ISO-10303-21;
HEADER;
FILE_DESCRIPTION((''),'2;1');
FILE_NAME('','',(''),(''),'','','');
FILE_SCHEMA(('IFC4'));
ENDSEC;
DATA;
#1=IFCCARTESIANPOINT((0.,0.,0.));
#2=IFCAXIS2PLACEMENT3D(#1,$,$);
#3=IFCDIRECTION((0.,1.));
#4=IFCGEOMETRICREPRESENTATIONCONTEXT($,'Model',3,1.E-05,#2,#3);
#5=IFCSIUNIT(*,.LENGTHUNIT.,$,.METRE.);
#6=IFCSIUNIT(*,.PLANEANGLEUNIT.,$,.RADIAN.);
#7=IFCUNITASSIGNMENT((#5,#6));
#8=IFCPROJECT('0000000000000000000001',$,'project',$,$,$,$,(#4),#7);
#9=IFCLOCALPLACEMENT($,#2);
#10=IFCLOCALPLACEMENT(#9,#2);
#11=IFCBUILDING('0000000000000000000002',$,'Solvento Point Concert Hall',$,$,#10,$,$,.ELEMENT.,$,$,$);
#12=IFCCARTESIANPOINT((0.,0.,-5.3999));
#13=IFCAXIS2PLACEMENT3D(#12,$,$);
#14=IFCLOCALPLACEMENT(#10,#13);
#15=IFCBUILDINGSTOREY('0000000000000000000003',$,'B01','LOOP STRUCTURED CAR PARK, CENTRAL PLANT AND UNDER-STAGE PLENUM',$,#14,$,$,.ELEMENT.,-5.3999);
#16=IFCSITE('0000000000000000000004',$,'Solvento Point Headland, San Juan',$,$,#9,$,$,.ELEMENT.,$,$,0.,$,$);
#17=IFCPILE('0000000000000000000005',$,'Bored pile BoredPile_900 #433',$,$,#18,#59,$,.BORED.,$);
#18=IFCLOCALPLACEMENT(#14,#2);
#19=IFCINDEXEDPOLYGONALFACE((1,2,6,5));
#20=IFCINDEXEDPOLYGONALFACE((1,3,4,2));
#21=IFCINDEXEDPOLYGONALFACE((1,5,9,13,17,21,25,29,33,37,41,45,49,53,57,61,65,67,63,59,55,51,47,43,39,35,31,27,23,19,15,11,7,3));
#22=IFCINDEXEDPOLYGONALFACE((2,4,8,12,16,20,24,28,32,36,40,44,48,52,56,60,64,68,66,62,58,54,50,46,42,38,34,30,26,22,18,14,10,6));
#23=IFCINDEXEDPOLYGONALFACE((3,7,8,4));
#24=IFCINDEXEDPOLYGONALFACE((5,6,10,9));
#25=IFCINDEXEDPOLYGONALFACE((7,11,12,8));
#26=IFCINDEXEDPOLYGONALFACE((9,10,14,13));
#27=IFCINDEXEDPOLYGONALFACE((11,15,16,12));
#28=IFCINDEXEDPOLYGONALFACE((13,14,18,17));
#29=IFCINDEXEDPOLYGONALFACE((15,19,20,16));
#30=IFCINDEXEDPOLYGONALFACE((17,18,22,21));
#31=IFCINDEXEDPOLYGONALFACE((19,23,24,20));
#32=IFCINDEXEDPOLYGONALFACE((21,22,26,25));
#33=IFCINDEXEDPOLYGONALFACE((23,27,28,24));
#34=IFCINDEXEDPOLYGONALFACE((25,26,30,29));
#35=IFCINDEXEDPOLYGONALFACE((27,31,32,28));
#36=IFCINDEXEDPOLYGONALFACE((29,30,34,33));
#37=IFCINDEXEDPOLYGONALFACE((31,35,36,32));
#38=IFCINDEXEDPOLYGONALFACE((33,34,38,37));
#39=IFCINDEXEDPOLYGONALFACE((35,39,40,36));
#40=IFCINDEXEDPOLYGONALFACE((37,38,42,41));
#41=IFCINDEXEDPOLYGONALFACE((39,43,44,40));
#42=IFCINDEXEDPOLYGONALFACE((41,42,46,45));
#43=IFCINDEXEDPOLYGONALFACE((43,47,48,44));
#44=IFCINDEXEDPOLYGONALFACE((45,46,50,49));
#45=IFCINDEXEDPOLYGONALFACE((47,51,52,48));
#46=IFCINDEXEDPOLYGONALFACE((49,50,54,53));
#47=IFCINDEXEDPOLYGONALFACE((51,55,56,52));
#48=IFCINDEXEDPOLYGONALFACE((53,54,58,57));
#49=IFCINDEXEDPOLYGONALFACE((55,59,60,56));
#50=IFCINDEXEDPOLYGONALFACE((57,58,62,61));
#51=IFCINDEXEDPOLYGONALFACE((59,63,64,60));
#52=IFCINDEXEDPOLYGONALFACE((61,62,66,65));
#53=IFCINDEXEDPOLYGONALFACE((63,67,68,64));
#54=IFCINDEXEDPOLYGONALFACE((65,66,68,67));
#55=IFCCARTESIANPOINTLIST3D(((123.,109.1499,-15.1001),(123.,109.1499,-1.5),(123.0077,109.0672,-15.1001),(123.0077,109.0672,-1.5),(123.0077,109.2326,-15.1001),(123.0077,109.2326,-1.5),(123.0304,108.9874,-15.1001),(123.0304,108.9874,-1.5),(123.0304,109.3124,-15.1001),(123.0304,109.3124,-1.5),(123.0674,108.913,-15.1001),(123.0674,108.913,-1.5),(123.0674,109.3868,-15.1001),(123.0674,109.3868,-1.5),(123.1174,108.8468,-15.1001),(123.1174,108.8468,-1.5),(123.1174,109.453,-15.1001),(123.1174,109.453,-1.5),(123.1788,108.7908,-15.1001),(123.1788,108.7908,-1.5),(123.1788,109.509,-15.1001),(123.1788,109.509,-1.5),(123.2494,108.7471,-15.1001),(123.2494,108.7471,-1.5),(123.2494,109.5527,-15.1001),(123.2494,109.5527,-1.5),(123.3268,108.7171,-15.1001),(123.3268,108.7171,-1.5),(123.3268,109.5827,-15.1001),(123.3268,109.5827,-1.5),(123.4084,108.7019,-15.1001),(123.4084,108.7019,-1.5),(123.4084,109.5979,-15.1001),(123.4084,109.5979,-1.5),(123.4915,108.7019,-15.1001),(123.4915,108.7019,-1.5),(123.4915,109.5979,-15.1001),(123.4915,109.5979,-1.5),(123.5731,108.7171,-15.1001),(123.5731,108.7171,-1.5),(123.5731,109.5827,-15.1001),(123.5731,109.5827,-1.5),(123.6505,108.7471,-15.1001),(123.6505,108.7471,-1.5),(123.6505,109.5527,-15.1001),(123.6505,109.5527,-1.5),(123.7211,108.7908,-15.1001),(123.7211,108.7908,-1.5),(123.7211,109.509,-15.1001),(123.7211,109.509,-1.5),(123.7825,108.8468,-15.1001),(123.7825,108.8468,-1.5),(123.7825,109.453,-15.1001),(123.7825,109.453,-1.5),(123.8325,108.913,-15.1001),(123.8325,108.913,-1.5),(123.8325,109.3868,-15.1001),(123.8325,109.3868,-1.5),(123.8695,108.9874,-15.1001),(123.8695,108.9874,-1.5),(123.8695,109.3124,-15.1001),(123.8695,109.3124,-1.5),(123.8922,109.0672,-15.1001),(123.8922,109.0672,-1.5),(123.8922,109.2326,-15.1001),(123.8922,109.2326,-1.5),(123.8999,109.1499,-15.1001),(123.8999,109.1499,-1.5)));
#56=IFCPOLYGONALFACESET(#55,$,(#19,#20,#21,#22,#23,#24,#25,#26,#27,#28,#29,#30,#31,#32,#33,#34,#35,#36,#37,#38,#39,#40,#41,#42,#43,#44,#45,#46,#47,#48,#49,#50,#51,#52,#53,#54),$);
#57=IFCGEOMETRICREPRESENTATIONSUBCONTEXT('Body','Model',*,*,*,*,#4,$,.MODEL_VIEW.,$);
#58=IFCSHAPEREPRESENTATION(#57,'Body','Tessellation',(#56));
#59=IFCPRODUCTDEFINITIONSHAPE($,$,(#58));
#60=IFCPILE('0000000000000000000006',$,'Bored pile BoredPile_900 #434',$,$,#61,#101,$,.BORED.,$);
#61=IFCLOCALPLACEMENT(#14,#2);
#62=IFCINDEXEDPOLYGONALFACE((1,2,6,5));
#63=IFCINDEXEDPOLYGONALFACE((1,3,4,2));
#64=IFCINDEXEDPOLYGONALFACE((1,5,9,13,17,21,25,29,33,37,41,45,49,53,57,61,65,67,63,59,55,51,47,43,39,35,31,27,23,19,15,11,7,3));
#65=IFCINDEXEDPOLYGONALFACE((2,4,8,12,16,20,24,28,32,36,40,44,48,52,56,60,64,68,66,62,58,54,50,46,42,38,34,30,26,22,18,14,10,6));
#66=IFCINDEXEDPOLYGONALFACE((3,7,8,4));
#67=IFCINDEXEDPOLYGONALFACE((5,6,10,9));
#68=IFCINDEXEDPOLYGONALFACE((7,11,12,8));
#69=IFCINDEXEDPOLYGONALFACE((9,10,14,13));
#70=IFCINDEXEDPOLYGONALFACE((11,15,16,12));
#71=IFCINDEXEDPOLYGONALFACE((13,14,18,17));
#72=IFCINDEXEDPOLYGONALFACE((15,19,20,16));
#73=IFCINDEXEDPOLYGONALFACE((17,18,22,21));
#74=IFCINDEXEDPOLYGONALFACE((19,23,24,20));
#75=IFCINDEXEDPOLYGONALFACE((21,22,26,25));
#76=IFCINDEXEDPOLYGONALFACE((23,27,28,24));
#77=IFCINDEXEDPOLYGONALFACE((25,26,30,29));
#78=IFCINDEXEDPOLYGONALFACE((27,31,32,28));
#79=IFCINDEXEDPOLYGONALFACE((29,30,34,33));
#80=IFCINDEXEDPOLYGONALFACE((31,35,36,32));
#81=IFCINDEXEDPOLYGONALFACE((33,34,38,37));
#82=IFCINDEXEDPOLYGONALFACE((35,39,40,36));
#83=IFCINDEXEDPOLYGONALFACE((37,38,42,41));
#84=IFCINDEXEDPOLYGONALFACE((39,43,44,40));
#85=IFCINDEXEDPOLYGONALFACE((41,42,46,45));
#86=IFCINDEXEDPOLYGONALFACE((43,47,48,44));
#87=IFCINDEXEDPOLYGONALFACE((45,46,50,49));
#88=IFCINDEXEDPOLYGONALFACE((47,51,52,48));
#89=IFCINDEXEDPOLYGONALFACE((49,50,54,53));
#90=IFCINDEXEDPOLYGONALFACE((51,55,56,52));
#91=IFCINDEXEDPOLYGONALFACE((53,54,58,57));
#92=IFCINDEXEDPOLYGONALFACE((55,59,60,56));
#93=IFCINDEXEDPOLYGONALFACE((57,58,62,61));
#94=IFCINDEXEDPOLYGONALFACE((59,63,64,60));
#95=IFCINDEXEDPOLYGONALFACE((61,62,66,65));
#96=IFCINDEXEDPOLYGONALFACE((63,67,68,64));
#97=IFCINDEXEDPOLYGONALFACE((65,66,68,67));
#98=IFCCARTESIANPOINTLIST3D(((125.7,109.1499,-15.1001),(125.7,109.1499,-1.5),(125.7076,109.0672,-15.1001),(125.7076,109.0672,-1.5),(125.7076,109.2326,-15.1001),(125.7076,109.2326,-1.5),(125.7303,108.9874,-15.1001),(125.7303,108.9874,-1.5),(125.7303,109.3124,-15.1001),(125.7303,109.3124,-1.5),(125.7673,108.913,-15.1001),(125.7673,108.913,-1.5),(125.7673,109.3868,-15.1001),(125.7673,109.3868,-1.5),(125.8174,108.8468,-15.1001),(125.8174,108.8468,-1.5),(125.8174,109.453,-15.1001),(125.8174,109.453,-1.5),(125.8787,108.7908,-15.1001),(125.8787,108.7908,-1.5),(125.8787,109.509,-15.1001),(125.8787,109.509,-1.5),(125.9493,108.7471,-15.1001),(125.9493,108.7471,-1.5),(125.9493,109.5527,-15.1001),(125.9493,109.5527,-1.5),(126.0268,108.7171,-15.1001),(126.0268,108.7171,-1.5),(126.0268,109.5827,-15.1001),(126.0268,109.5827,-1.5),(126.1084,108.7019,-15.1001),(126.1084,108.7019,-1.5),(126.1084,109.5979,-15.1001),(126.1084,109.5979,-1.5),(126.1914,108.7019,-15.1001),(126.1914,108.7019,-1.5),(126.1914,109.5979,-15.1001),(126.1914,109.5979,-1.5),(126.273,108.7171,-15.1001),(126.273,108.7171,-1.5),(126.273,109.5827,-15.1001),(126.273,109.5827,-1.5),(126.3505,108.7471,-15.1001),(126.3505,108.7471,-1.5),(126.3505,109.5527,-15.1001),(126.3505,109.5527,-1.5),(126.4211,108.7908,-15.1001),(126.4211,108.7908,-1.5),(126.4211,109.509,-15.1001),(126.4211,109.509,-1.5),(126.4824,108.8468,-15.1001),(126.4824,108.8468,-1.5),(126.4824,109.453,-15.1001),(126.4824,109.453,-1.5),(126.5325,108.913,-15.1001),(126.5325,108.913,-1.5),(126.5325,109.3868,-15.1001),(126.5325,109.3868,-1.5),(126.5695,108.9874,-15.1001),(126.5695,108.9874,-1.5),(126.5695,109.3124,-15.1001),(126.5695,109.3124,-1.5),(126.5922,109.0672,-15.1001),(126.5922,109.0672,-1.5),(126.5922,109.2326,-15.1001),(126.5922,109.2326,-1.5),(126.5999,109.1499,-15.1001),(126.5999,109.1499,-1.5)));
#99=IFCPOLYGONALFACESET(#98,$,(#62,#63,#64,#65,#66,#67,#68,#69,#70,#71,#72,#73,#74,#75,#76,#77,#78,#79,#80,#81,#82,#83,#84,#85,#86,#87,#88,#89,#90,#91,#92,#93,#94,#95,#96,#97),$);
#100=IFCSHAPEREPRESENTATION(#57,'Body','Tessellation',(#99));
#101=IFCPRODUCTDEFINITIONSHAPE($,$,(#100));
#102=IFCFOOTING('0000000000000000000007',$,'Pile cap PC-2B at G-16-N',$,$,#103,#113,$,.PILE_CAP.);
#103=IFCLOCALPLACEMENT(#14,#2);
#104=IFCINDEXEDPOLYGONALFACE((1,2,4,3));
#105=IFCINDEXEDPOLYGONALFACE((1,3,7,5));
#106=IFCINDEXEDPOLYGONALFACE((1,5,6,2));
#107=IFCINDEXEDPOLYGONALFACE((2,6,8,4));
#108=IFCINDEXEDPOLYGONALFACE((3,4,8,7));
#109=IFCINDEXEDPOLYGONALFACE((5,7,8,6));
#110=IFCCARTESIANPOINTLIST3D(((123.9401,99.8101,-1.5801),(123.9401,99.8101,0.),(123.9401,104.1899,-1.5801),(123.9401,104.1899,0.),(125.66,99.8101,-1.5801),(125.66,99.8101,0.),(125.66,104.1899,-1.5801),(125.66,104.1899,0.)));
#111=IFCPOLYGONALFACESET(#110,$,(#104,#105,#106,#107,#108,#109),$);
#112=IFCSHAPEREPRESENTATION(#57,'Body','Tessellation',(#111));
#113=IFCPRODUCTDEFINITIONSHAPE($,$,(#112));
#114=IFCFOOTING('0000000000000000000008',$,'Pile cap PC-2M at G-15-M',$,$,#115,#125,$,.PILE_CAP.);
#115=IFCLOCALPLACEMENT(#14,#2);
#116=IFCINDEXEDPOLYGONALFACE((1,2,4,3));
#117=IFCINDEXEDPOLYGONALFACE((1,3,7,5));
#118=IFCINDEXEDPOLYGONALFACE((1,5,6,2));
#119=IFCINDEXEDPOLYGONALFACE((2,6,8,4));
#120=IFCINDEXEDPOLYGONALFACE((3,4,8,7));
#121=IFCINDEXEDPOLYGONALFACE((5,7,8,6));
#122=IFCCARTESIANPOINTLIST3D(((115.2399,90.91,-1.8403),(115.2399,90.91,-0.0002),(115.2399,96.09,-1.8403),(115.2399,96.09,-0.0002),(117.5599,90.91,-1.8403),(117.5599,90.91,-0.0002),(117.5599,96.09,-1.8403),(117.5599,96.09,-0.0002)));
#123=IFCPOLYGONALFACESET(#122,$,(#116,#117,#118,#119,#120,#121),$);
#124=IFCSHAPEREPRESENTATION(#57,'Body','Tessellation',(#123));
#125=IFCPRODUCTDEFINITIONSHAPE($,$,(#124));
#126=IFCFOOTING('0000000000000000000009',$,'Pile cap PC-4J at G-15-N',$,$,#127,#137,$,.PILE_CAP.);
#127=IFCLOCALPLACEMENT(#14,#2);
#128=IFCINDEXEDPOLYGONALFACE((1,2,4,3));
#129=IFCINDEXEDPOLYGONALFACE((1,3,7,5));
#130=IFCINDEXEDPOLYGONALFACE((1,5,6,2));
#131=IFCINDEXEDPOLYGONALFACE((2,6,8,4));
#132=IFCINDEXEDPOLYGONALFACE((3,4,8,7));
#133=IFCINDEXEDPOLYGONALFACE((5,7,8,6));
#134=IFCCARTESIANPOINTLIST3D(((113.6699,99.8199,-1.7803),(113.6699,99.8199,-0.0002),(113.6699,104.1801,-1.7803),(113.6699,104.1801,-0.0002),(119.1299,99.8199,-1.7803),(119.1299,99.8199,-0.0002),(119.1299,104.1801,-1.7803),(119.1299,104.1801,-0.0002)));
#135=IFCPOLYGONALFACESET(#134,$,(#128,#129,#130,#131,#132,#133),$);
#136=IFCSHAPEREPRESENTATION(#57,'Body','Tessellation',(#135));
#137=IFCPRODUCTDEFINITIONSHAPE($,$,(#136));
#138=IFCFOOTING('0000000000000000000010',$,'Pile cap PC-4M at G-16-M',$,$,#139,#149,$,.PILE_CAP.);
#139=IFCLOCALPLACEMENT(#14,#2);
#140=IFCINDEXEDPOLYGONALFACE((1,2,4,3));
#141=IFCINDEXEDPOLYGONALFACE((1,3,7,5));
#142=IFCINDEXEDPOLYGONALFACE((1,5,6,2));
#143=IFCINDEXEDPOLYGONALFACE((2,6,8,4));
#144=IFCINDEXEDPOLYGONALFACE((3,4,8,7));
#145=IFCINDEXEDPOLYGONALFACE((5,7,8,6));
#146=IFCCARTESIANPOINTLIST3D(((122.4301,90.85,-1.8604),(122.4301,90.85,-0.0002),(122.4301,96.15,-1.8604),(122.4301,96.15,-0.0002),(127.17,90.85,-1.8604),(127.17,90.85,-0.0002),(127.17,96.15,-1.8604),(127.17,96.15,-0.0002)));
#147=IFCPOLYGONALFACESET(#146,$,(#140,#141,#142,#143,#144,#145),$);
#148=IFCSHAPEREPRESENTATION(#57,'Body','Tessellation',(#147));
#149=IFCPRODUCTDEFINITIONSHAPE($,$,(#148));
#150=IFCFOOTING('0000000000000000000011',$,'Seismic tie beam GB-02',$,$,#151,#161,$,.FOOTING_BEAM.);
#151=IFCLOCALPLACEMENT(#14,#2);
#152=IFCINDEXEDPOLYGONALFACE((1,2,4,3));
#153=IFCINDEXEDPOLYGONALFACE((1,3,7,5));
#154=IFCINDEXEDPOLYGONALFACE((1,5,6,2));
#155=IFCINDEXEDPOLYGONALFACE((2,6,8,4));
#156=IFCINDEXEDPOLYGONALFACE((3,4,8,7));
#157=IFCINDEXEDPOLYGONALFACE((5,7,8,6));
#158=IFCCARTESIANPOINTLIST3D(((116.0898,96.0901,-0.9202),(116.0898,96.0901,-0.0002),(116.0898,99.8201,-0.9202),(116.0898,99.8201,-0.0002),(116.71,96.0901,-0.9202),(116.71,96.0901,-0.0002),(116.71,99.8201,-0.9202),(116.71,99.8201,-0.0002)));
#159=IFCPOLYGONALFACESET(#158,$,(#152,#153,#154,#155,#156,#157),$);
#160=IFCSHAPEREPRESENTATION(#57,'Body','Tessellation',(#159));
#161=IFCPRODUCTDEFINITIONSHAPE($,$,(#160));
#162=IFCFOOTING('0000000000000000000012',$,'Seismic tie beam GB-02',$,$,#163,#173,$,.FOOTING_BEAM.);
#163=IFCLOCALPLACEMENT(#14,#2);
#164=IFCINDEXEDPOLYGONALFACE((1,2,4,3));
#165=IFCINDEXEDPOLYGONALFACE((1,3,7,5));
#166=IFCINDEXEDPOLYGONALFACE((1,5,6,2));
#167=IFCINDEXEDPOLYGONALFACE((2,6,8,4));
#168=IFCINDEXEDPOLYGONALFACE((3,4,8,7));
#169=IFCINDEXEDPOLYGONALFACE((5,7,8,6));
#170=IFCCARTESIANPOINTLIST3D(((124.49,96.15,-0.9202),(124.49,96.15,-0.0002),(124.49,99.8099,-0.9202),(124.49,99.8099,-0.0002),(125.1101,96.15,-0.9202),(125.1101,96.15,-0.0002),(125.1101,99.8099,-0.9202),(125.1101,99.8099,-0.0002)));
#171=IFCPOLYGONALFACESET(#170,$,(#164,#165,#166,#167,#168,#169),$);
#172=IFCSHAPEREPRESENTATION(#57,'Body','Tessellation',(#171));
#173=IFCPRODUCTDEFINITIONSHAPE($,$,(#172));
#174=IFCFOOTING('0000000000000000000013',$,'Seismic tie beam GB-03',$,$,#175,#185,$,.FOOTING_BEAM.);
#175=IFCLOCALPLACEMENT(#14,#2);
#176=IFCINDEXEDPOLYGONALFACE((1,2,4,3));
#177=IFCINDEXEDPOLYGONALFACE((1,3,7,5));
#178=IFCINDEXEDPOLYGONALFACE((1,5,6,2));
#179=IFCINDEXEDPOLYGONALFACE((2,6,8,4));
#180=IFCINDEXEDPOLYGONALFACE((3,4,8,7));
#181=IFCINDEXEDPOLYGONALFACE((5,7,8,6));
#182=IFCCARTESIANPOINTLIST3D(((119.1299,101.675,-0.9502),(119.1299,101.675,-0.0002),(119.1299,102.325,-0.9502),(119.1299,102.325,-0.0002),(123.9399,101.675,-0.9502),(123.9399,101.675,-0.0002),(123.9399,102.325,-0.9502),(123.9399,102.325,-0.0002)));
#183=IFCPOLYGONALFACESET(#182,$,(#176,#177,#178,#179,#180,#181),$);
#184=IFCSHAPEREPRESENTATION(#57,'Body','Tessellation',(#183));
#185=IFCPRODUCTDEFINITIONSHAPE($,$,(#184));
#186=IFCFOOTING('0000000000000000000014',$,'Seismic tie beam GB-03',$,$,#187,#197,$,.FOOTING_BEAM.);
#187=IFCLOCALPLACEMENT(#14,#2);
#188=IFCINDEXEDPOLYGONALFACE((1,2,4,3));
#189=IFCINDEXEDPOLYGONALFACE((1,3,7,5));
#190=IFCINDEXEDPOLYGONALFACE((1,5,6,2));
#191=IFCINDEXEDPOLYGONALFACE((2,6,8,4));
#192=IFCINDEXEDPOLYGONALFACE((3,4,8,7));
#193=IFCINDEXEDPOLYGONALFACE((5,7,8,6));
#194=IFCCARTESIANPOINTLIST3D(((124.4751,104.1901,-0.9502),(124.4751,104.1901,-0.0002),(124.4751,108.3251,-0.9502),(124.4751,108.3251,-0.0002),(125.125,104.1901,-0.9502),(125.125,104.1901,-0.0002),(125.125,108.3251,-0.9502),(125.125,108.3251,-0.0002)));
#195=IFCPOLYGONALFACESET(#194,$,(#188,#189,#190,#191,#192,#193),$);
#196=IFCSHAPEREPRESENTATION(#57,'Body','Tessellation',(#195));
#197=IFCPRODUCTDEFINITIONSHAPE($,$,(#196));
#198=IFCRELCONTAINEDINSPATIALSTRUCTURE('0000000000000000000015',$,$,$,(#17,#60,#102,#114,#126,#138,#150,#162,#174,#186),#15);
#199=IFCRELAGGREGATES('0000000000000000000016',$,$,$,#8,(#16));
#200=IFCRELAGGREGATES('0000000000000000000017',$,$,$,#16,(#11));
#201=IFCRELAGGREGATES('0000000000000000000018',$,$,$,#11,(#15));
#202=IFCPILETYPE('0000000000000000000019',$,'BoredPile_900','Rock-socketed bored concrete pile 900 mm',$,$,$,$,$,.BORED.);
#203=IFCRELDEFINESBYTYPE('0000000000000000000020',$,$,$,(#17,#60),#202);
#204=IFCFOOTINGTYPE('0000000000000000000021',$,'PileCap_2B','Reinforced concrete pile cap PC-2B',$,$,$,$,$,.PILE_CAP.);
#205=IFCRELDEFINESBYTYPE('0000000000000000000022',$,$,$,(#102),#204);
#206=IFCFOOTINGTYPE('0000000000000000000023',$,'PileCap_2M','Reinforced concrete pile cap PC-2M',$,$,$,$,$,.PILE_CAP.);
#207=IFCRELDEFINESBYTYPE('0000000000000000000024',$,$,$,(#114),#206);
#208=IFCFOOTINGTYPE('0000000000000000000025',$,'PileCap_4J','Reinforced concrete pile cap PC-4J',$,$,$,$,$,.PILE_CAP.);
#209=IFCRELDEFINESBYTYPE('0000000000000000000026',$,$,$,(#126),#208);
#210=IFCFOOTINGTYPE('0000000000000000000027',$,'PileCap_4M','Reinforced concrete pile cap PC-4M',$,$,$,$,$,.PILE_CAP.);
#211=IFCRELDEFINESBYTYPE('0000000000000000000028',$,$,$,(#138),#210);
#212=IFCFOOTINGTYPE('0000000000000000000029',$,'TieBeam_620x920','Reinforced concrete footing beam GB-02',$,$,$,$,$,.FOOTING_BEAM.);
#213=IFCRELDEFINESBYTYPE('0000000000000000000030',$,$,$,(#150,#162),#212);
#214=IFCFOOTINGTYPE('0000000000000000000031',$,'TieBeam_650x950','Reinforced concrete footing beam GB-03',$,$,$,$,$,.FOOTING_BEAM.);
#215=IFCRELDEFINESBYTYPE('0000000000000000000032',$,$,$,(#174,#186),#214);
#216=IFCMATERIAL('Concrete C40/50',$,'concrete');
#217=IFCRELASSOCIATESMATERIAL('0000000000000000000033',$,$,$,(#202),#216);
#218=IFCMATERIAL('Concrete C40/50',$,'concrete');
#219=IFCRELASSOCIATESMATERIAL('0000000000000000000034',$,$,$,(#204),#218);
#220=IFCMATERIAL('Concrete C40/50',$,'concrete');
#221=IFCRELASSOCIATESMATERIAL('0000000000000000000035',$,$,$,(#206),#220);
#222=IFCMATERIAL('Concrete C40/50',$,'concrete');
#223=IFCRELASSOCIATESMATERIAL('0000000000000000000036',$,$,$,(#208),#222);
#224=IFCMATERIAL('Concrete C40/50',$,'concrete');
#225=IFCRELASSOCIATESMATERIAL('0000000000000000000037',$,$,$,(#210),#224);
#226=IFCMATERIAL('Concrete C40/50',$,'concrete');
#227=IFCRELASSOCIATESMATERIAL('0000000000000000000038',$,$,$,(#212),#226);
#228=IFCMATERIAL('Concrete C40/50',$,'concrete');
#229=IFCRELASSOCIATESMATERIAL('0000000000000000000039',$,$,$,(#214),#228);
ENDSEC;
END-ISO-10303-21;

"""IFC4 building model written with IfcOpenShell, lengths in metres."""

from ifc_helpers import new_model, si_unit, direction, frame, origin, origin_2d, place, context, subcontext, project, spatial, rectangle, circle, extrude, material, material_profile, profile_set, type_object, element, save


model = new_model("IFC4")

# Units and contexts
model_context = context("Model", 3, precision=1e-05, world=origin(), true_north=direction((0.0, 1.0)))
body_context = subcontext(model_context, "Body", "Model", "MODEL_VIEW")
ifc_project = project(units=[si_unit("LENGTHUNIT", "METRE"), si_unit("PLANEANGLEUNIT", "RADIAN")], contexts=[model_context])

# Site, building, storey
site_placement = place(None, origin())
site = spatial("IfcSite", under=ifc_project, at=site_placement, Name="Solvento Point Headland, San Juan", CompositionType="ELEMENT", RefElevation=0.0)
building_placement = place(site_placement, origin())
building = spatial("IfcBuilding", under=site, at=building_placement, Name="Solvento Point Concert Hall", CompositionType="ELEMENT")
storey_placement = place(building_placement, frame((0.0, 0.0, -5.3999)))
storey = spatial("IfcBuildingStorey", under=building, at=storey_placement, Name="B01", Description="LOOP STRUCTURED CAR PARK, CENTRAL PLANT AND UNDER-STAGE PLENUM", CompositionType="ELEMENT", Elevation=-5.3999)

# Piles
ifc_material_1 = material(Name="Concrete C40/50", Category="concrete")
ifc_material_profile_1 = material_profile(ifc_material_1, circle(Radius=0.45, at=origin_2d()), Name="BP-900")
ifc_profile_set_1 = profile_set([ifc_material_profile_1], Name="Concrete C40/50")
pile_type = type_object("IfcPileType", Name="BoredPile_900", Description="Rock-socketed bored concrete pile 900 mm", PredefinedType="BORED", material=ifc_profile_set_1)
for number, where, z_axis, x_axis, name in (
    (1, (123.45, 109.1499, -1.5), (0.0, 0.0, -1.0), (1.0, 0.0, 0.0), "Bored pile BoredPile_900 #433"),
    (2, (126.1499, 109.1499, -1.5), (0.0, 0.0, -1.0), (1.0, 0.0, 0.0), "Bored pile BoredPile_900 #434"),
):
    element("IfcPile", number, at=place(storey_placement, frame(where, z_axis=z_axis, x_axis=x_axis)), inside=storey, type_object=pile_type, Name=name, PredefinedType="BORED", context=body_context, shape_type="SweptSolid", body=[
        extrude(circle(Radius=0.45, at=origin_2d()), origin(), (0.0, 0.0, 1.0), 13.6001),
    ])

# Footings
ifc_material_2 = material(Name="Concrete C40/50", Category="concrete")
footing_type_1 = type_object("IfcFootingType", Name="PileCap_2B", Description="Reinforced concrete pile cap PC-2B", PredefinedType="PILE_CAP", material=ifc_material_2)
footing_1_placement = place(storey_placement, frame((124.8, 102.0, -1.5801), z_axis=(0.0, 0.0, 1.0), x_axis=(1.0, 0.0, 0.0)))
element("IfcFooting", 3, at=footing_1_placement, inside=storey, type_object=footing_type_1, Name="Pile cap PC-2B at G-16-N", PredefinedType="PILE_CAP", context=body_context, shape_type="SweptSolid", body=[
    extrude(rectangle(XDim=1.72, YDim=4.3799, at=origin_2d()), origin(), (0.0, 0.0, 1.0), 1.5801),
])
ifc_material_3 = material(Name="Concrete C40/50", Category="concrete")
footing_type_2 = type_object("IfcFootingType", Name="PileCap_2M", Description="Reinforced concrete pile cap PC-2M", PredefinedType="PILE_CAP", material=ifc_material_3)
footing_2_placement = place(storey_placement, frame((116.3999, 93.5, -1.8403), z_axis=(0.0, 0.0, 1.0), x_axis=(1.0, 0.0, 0.0)))
element("IfcFooting", 4, at=footing_2_placement, inside=storey, type_object=footing_type_2, Name="Pile cap PC-2M at G-15-M", PredefinedType="PILE_CAP", context=body_context, shape_type="SweptSolid", body=[
    extrude(rectangle(XDim=2.3201, YDim=5.1799, at=origin_2d()), origin(), (0.0, 0.0, 1.0), 1.8401),
])
ifc_material_4 = material(Name="Concrete C40/50", Category="concrete")
footing_type_3 = type_object("IfcFootingType", Name="PileCap_4J", Description="Reinforced concrete pile cap PC-4J", PredefinedType="PILE_CAP", material=ifc_material_4)
footing_3_placement = place(storey_placement, frame((116.3999, 102.0, -1.7803), z_axis=(0.0, 0.0, 1.0), x_axis=(1.0, 0.0, 0.0)))
element("IfcFooting", 5, at=footing_3_placement, inside=storey, type_object=footing_type_3, Name="Pile cap PC-4J at G-15-N", PredefinedType="PILE_CAP", context=body_context, shape_type="SweptSolid", body=[
    extrude(rectangle(XDim=5.46, YDim=4.3601, at=origin_2d()), origin(), (0.0, 0.0, 1.0), 1.78),
])
ifc_material_5 = material(Name="Concrete C40/50", Category="concrete")
footing_type_4 = type_object("IfcFootingType", Name="PileCap_4M", Description="Reinforced concrete pile cap PC-4M", PredefinedType="PILE_CAP", material=ifc_material_5)
footing_4_placement = place(storey_placement, frame((124.8, 93.5, -1.8604), z_axis=(0.0, 0.0, 1.0), x_axis=(1.0, 0.0, 0.0)))
element("IfcFooting", 6, at=footing_4_placement, inside=storey, type_object=footing_type_4, Name="Pile cap PC-4M at G-16-M", PredefinedType="PILE_CAP", context=body_context, shape_type="SweptSolid", body=[
    extrude(rectangle(XDim=4.74, YDim=5.3, at=origin_2d()), origin(), (0.0, 0.0, 1.0), 1.8601),
])
ifc_material_6 = material(Name="Concrete C40/50", Category="concrete")
footing_type_5 = type_object("IfcFootingType", Name="TieBeam_620x920", Description="Reinforced concrete footing beam GB-02", PredefinedType="FOOTING_BEAM", material=ifc_material_6)
footing_5_placement = place(storey_placement, frame((116.3999, 97.9551, -0.9202), z_axis=(0.0, 0.0, 1.0), x_axis=(0.0, 1.0, 0.0)))
element("IfcFooting", 7, at=footing_5_placement, inside=storey, type_object=footing_type_5, Name="Seismic tie beam GB-02", PredefinedType="FOOTING_BEAM", context=body_context, shape_type="SweptSolid", body=[
    extrude(rectangle(XDim=3.73, YDim=0.6201, at=origin_2d()), origin(), (0.0, 0.0, 1.0), 0.9199),
])
footing_6_placement = place(storey_placement, frame((124.8, 97.98, -0.9202), z_axis=(0.0, 0.0, 1.0), x_axis=(0.0, 1.0, 0.0)))
element("IfcFooting", 8, at=footing_6_placement, inside=storey, type_object=footing_type_5, Name="Seismic tie beam GB-02", PredefinedType="FOOTING_BEAM", context=body_context, shape_type="SweptSolid", body=[
    extrude(rectangle(XDim=3.6599, YDim=0.6201, at=origin_2d()), origin(), (0.0, 0.0, 1.0), 0.9199),
])
ifc_material_7 = material(Name="Concrete C40/50", Category="concrete")
footing_type_6 = type_object("IfcFootingType", Name="TieBeam_650x950", Description="Reinforced concrete footing beam GB-03", PredefinedType="FOOTING_BEAM", material=ifc_material_7)
footing_7_placement = place(storey_placement, frame((121.5349, 102.0, -0.9502), z_axis=(0.0, 0.0, 1.0), x_axis=(1.0, 0.0, 0.0)))
element("IfcFooting", 9, at=footing_7_placement, inside=storey, type_object=footing_type_6, Name="Seismic tie beam GB-03", PredefinedType="FOOTING_BEAM", context=body_context, shape_type="SweptSolid", body=[
    extrude(rectangle(XDim=4.8101, YDim=0.6499, at=origin_2d()), origin(), (0.0, 0.0, 1.0), 0.95),
])
footing_8_placement = place(storey_placement, frame((124.8, 106.2576, -0.9502), z_axis=(0.0, 0.0, 1.0), x_axis=(0.0, 1.0, 0.0)))
element("IfcFooting", 10, at=footing_8_placement, inside=storey, type_object=footing_type_6, Name="Seismic tie beam GB-03", PredefinedType="FOOTING_BEAM", context=body_context, shape_type="SweptSolid", body=[
    extrude(rectangle(XDim=4.135, YDim=0.6499, at=origin_2d()), origin(), (0.0, 0.0, 1.0), 0.95),
])

save(model, "model.ifc")
